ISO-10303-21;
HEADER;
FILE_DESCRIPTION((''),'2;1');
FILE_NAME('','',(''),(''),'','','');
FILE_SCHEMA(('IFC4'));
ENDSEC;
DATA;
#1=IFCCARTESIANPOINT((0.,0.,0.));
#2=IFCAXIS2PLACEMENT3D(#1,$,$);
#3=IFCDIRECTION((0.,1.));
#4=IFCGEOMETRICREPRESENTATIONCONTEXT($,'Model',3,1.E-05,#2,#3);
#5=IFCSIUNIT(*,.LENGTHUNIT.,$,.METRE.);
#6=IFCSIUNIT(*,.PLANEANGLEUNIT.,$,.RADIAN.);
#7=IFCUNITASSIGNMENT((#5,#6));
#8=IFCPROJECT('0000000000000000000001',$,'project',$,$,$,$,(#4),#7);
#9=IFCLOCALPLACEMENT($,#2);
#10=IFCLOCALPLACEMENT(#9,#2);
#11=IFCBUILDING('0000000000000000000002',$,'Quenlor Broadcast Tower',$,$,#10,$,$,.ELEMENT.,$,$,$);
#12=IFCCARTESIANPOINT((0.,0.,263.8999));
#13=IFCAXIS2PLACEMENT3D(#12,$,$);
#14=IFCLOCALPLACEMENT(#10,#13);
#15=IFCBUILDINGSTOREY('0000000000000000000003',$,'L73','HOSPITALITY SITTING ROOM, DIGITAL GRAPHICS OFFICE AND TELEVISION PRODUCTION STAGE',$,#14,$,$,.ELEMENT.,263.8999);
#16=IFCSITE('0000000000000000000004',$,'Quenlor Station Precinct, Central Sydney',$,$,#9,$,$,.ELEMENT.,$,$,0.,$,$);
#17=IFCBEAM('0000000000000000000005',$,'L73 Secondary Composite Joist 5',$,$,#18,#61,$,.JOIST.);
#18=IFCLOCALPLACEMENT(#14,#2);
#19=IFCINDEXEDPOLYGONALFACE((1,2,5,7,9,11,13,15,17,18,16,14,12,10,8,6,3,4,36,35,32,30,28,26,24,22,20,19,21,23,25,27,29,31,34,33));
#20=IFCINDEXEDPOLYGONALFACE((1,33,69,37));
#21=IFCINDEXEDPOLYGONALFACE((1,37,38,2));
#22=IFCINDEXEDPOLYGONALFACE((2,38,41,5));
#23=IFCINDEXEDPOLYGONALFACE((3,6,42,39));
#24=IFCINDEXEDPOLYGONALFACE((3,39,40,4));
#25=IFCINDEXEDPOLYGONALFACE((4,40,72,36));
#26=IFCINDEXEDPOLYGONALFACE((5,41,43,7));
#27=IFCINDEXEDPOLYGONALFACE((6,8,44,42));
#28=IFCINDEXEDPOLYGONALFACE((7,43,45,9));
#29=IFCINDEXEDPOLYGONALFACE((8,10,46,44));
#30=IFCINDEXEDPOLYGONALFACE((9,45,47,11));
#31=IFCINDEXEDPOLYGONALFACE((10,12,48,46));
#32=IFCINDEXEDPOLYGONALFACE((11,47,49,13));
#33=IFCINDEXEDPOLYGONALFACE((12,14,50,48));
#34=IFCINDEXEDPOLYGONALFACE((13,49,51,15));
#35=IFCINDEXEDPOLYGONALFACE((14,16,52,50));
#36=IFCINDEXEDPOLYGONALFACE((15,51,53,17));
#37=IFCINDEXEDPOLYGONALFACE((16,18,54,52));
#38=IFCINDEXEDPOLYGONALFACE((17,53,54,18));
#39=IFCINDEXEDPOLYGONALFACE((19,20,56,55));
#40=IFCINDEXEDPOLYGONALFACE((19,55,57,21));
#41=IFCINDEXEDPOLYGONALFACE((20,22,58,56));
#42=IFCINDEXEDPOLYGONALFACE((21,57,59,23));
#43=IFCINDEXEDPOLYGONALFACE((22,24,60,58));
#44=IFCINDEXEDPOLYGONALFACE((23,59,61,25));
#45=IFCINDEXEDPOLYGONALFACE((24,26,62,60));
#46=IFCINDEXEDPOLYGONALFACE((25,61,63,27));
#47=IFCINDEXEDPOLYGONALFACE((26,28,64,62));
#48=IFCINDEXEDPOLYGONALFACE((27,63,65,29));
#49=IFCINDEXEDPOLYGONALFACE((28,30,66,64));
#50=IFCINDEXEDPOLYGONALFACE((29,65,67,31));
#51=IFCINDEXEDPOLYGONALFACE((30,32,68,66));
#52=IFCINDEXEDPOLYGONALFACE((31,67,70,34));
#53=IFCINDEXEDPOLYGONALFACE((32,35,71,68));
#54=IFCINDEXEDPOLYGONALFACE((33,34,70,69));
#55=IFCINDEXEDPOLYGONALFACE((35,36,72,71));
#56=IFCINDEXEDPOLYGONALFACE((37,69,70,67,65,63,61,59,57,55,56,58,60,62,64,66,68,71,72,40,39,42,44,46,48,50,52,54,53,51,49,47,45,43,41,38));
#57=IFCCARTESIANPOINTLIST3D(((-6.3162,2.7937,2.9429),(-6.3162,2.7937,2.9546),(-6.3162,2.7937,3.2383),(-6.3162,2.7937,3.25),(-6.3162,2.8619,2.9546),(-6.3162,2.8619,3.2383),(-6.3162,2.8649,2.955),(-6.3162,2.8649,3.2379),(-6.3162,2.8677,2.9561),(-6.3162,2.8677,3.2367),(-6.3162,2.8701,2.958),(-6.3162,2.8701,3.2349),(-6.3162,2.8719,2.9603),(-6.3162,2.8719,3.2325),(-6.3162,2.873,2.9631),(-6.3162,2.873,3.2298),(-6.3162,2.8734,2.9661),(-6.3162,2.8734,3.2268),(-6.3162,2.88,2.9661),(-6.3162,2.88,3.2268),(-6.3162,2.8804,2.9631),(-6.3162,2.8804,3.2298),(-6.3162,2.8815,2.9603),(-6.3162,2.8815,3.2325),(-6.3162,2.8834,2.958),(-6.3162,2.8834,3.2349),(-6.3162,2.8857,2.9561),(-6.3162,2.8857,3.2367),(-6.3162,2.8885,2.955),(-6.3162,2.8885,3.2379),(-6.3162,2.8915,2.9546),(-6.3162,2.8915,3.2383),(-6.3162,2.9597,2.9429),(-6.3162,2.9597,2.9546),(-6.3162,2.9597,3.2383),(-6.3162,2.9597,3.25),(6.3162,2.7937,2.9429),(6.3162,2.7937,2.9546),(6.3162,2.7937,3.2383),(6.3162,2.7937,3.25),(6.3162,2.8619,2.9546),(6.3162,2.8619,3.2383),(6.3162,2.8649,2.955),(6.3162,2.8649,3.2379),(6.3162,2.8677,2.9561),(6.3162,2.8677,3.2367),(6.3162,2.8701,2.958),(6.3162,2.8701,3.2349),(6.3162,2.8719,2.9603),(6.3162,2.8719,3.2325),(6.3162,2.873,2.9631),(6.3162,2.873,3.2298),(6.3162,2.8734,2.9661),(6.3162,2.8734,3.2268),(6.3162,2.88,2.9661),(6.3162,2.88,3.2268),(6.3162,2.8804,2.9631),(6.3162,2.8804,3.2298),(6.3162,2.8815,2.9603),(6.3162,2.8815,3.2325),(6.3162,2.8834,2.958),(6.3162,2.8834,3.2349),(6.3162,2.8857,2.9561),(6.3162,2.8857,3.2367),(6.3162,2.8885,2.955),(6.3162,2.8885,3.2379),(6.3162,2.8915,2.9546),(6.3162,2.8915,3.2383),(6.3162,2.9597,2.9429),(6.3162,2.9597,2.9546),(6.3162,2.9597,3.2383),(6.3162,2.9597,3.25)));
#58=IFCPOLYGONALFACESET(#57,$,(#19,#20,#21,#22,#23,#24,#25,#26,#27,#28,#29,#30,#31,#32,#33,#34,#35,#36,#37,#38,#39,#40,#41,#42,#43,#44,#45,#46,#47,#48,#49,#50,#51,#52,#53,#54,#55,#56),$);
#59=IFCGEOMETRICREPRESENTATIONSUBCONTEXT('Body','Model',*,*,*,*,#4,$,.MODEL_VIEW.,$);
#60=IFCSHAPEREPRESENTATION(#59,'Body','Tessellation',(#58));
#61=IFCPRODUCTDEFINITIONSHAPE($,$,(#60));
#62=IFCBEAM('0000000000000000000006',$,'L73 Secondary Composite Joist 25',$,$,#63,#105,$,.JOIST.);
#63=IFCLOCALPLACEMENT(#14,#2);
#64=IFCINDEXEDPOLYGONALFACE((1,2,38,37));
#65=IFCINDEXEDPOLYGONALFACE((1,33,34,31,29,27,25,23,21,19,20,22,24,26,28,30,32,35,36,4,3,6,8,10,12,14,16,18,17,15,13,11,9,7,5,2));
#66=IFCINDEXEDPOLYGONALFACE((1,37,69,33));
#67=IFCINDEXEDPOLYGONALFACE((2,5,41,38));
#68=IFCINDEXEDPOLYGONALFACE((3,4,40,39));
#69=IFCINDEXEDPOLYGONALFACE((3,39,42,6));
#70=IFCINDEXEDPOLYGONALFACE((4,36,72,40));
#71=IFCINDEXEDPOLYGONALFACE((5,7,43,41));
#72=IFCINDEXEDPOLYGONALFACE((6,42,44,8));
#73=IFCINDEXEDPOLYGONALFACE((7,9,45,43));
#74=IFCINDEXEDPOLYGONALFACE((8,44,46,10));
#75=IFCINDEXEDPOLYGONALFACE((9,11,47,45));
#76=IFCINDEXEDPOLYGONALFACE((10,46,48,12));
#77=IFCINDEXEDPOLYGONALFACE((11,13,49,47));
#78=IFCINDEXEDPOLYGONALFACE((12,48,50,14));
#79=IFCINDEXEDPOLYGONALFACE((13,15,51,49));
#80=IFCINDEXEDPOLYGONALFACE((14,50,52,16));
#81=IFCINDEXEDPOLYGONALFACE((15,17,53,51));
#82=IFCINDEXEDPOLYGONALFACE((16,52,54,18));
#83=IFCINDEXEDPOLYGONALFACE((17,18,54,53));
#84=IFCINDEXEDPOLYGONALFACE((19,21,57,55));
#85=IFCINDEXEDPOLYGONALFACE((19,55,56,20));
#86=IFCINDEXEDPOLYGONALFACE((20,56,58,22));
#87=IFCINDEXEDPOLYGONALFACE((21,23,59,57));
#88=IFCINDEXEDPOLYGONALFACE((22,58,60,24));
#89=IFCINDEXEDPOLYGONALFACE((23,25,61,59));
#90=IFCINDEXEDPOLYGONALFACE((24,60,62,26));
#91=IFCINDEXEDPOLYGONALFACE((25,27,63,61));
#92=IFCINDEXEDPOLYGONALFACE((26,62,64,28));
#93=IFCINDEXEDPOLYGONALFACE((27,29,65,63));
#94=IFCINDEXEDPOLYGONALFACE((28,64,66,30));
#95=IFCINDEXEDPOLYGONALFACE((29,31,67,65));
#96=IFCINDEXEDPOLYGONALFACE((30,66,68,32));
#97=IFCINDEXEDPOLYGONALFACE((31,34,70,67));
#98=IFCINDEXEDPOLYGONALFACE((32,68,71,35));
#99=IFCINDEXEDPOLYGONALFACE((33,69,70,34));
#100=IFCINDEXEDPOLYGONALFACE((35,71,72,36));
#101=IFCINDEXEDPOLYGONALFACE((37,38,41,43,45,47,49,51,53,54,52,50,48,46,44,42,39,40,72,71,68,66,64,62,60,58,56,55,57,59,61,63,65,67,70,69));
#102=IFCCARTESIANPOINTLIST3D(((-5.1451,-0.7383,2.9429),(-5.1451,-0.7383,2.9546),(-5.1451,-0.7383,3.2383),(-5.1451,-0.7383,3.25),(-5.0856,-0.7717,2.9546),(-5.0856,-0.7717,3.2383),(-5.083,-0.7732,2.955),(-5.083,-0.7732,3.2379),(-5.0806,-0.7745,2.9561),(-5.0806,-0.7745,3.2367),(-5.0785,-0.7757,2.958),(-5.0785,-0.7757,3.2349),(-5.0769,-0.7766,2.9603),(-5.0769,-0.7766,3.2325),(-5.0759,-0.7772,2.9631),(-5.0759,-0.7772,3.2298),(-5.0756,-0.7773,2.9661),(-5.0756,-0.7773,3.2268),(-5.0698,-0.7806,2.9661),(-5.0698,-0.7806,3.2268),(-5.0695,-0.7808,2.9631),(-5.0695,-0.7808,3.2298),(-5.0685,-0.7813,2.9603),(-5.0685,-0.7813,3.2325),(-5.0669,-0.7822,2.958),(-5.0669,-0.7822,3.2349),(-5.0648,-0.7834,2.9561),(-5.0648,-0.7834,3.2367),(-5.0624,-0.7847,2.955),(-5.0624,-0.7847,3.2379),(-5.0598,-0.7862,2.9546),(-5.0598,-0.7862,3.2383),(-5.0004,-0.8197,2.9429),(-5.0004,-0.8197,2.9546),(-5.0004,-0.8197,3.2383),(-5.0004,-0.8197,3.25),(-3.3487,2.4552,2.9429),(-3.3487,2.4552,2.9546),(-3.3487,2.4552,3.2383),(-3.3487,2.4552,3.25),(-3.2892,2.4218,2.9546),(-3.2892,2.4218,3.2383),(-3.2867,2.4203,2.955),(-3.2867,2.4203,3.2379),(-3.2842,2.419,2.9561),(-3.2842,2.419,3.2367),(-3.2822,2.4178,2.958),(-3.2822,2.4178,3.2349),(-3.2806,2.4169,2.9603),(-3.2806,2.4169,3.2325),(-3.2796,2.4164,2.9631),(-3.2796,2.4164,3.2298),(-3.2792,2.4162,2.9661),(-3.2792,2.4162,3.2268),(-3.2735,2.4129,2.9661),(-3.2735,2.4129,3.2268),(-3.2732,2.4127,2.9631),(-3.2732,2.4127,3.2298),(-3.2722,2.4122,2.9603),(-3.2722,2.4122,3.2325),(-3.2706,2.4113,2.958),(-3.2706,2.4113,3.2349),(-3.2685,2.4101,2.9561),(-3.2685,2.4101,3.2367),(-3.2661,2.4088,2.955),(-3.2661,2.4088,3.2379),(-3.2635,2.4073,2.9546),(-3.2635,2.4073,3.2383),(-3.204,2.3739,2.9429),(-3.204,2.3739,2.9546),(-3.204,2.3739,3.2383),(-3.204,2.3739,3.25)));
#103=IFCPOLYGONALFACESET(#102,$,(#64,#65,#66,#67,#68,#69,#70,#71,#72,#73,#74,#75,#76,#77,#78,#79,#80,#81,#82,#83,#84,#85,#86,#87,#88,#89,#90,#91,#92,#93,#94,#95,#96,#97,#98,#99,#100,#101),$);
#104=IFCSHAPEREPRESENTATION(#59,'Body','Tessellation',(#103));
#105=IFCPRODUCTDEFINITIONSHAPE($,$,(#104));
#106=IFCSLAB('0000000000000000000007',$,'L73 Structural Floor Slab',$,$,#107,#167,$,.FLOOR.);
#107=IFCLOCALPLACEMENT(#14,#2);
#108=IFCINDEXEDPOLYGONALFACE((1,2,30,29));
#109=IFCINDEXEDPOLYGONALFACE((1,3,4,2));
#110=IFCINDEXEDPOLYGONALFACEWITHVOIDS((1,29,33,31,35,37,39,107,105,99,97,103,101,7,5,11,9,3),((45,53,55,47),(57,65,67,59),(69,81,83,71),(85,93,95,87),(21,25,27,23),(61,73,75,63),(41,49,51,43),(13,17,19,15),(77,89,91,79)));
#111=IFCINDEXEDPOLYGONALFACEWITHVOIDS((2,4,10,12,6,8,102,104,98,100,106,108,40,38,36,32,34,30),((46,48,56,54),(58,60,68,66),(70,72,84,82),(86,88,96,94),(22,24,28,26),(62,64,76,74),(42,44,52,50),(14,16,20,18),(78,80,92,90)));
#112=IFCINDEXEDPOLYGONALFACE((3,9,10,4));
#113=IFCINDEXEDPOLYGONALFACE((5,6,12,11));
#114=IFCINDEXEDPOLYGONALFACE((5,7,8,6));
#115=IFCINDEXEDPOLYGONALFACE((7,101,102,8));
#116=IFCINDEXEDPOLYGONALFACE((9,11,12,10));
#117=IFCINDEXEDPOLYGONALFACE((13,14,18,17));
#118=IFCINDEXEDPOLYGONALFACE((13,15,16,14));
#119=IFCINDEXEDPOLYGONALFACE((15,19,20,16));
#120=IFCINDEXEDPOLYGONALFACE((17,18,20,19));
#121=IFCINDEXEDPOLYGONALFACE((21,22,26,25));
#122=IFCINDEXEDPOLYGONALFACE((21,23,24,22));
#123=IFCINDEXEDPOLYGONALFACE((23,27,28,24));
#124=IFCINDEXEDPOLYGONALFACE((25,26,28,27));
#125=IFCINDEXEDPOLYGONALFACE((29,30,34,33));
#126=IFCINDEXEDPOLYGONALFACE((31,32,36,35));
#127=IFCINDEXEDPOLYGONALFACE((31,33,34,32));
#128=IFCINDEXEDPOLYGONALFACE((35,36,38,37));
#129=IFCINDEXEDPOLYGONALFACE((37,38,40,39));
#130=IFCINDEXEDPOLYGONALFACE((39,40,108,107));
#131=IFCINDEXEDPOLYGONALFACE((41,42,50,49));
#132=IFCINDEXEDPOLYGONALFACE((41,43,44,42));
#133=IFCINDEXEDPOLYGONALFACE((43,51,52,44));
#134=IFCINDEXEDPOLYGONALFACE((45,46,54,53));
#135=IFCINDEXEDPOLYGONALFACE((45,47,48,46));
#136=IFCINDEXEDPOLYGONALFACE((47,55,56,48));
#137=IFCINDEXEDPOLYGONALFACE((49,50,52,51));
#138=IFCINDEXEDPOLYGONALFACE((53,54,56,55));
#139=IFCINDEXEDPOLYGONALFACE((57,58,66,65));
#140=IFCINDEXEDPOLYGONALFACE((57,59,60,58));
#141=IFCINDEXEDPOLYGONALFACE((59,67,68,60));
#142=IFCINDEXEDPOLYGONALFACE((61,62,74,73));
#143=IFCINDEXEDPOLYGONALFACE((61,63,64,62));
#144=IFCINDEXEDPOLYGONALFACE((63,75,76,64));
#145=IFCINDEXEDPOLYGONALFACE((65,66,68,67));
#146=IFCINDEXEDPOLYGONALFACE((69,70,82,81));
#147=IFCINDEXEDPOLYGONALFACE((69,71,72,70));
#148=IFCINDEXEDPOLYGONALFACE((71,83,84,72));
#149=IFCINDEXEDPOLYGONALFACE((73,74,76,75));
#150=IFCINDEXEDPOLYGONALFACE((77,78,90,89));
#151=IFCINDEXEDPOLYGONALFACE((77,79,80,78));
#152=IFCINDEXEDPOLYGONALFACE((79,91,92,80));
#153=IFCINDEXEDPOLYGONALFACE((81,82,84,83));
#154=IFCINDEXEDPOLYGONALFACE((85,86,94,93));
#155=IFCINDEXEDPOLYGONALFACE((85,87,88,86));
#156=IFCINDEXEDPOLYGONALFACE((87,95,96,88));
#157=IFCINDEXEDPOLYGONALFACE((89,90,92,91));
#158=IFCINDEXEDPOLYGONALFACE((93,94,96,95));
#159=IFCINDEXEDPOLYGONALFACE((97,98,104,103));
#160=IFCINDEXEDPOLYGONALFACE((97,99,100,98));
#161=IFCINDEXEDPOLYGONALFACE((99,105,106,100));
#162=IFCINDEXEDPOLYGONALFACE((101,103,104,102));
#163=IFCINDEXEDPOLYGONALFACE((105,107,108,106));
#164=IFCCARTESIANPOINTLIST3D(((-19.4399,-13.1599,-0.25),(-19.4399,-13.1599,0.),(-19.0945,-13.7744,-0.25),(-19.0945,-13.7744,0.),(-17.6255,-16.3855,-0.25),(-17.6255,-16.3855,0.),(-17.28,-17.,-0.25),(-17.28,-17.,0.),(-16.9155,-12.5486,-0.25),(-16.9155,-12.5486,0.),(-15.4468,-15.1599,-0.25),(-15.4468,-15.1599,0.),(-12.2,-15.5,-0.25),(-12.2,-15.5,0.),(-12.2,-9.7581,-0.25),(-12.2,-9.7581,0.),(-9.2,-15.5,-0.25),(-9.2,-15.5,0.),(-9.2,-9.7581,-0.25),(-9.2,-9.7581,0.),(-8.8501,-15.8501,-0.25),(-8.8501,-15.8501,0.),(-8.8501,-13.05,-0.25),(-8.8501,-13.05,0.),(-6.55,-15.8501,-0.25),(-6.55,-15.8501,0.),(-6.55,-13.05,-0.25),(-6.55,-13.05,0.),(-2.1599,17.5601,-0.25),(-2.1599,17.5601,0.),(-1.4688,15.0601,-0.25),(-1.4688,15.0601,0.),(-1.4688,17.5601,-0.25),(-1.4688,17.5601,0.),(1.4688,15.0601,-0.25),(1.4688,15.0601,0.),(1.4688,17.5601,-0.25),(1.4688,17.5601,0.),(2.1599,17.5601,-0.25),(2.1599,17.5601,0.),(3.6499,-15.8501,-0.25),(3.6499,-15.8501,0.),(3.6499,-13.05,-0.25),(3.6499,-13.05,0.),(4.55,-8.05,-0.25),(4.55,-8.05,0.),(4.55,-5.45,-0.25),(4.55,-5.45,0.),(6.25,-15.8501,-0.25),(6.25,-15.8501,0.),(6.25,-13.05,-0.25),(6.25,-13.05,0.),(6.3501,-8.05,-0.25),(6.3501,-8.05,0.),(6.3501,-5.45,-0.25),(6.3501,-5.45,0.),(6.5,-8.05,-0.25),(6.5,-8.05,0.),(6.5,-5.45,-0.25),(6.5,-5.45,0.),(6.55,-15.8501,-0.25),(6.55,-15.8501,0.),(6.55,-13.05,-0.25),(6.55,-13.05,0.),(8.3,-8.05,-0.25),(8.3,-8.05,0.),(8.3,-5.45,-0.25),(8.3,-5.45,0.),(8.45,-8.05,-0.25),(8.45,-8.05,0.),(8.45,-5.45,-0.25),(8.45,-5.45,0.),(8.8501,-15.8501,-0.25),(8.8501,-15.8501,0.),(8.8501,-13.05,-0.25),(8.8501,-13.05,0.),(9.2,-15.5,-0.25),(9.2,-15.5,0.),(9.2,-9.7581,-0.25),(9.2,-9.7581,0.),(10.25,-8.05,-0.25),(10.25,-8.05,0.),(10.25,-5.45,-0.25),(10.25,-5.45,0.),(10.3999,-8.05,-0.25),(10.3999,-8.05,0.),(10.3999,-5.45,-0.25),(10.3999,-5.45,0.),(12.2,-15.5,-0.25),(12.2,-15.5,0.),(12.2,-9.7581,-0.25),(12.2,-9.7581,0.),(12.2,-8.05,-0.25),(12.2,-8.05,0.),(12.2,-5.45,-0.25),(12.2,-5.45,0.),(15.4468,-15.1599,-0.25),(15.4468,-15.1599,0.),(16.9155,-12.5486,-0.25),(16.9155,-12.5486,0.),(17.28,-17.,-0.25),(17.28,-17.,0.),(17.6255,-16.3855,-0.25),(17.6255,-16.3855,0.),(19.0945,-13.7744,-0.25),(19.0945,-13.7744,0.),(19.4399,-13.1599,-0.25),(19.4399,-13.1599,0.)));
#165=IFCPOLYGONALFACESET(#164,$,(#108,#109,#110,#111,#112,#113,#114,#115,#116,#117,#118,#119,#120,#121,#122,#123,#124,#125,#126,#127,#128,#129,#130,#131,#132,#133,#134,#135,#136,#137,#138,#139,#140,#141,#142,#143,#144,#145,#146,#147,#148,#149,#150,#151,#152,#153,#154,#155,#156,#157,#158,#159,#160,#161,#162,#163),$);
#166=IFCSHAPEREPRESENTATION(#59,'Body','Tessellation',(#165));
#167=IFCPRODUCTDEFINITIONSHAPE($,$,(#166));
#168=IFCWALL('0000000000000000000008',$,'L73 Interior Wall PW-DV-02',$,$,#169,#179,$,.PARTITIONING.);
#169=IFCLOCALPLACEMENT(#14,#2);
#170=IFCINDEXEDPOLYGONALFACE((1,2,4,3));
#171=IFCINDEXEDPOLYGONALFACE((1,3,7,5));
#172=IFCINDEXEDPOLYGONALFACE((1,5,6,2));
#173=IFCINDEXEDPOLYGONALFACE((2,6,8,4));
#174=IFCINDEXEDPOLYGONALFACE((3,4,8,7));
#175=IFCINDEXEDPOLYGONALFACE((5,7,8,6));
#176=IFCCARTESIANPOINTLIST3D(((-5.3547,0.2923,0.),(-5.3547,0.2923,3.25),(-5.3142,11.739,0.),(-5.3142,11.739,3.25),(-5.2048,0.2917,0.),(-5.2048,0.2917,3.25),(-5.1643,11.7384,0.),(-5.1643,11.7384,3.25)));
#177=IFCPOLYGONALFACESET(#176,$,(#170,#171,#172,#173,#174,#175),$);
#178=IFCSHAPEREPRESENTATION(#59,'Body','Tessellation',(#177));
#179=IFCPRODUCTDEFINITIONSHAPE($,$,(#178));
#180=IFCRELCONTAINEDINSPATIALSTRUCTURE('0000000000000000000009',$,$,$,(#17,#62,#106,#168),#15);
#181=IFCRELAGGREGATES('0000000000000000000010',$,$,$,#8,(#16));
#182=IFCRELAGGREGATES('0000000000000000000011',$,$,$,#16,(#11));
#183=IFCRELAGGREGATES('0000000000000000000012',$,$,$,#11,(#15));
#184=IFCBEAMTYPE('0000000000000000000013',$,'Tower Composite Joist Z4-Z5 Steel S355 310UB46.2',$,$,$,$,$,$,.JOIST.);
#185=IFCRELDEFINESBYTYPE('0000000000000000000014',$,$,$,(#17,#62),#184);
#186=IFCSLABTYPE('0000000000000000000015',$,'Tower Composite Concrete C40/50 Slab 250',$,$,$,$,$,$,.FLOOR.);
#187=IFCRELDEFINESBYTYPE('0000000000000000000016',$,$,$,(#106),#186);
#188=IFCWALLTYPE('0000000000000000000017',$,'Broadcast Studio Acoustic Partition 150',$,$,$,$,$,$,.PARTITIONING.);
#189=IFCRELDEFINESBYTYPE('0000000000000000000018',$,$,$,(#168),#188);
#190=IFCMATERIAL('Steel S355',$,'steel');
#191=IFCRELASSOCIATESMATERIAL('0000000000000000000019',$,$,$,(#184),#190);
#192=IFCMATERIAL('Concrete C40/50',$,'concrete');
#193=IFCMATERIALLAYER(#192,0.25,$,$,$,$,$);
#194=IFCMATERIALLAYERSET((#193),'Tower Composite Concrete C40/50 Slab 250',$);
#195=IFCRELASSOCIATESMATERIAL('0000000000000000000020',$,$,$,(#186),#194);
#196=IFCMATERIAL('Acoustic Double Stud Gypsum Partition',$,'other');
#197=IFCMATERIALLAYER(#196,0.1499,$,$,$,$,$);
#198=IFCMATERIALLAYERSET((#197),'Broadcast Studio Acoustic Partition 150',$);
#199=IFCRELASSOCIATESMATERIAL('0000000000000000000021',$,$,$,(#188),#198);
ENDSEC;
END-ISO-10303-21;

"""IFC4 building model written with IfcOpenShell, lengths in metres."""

from ifc_helpers import new_model, si_unit, direction, frame, frame_2d, origin, origin_2d, place, context, subcontext, project, spatial, polyline, rectangle, i_section, outline, extrude, material, layer, layer_set, material_profile, profile_set, type_object, element, save


model = new_model("IFC4")

# Units and contexts
model_context = context("Model", 3, precision=1e-05, world=origin(), true_north=direction((0.0, 1.0)))
body_context = subcontext(model_context, "Body", "Model", "MODEL_VIEW")
ifc_project = project(units=[si_unit("LENGTHUNIT", "METRE"), si_unit("PLANEANGLEUNIT", "RADIAN")], contexts=[model_context])

# Site, building, storey
site_placement = place(None, origin())
site = spatial("IfcSite", under=ifc_project, at=site_placement, Name="Quenlor Station Precinct, Central Sydney", CompositionType="ELEMENT", RefElevation=0.0)
building_placement = place(site_placement, origin())
building = spatial("IfcBuilding", under=site, at=building_placement, Name="Quenlor Broadcast Tower", CompositionType="ELEMENT")
storey_placement = place(building_placement, frame((0.0, 0.0, 263.8999)))
storey = spatial("IfcBuildingStorey", under=building, at=storey_placement, Name="L73", Description="HOSPITALITY SITTING ROOM, DIGITAL GRAPHICS OFFICE AND TELEVISION PRODUCTION STAGE", CompositionType="ELEMENT", Elevation=263.8999)

# Beams
ifc_material_1 = material(Name="Steel S355", Category="steel")
ifc_material_profile_1 = material_profile(ifc_material_1, i_section(OverallWidth=0.166, OverallDepth=0.3071, WebThickness=0.0066, FlangeThickness=0.0117, FilletRadius=0.0115, at=origin_2d()))
ifc_profile_set_1 = profile_set([ifc_material_profile_1], Name="Steel S355 310UB46.2")
beam_type = type_object("IfcBeamType", Name="Tower Composite Joist Z4-Z5 Steel S355 310UB46.2", PredefinedType="JOIST", material=ifc_profile_set_1)
beam_1_placement = place(storey_placement, frame((-6.3162, 2.8767, 3.0964), z_axis=(1.0, 0.0, 0.0), x_axis=(0.0, 1.0, 0.0)))
element("IfcBeam", 1, at=beam_1_placement, inside=storey, type_object=beam_type, Name="L73 Secondary Composite Joist 5", PredefinedType="JOIST", context=body_context, shape_type="SweptSolid", body=[
    extrude(i_section(OverallWidth=0.166, OverallDepth=0.3071, WebThickness=0.0066, FlangeThickness=0.0117, FilletRadius=0.0115, at=origin_2d()), origin(), (0.0, 0.0, 1.0), 12.6323),
])
beam_2_placement = place(storey_placement, frame((-3.2764, 2.4146, 3.0964), z_axis=(-0.490258, -0.871577, 0.0), x_axis=(0.871577, -0.490258, 0.0)))
element("IfcBeam", 2, at=beam_2_placement, inside=storey, type_object=beam_type, Name="L73 Secondary Composite Joist 25", PredefinedType="JOIST", context=body_context, shape_type="SweptSolid", body=[
    extrude(i_section(OverallWidth=0.166, OverallDepth=0.3071, WebThickness=0.0066, FlangeThickness=0.0117, FilletRadius=0.0115, at=origin_2d()), origin(), (0.0, 0.0, 1.0), 3.6641),
])

# Slab
ifc_material_2 = material(Name="Concrete C40/50", Category="concrete")
ifc_layer_1 = layer(ifc_material_2, 0.25)
ifc_layer_set_1 = layer_set([ifc_layer_1], Name="Tower Composite Concrete C40/50 Slab 250")
slab_type = type_object("IfcSlabType", Name="Tower Composite Concrete C40/50 Slab 250", PredefinedType="FLOOR", material=ifc_layer_set_1)
slab_placement = place(storey_placement, frame((0.0, 0.0, -0.25)))
element("IfcSlab", 3, at=slab_placement, inside=storey, type_object=slab_type, Name="L73 Structural Floor Slab", PredefinedType="FLOOR", context=body_context, shape_type="SweptSolid", body=[
    extrude(outline(polyline([(17.28, -17.0), (17.6255, -16.3855), (15.4468, -15.1599), (16.9155, -12.5486), (19.0945, -13.7744), (19.4399, -13.1599), (2.1599, 17.5601), (1.4688, 17.5601), (1.4688, 15.0601), (-1.4688, 15.0601), (-1.4688, 17.5601), (-2.1599, 17.5601), (-19.4399, -13.1599), (-19.0945, -13.7744), (-16.9155, -12.5486), (-15.4468, -15.1599), (-17.6255, -16.3855), (-17.28, -17.0), (17.28, -17.0)]), holes=[polyline([(-12.2, -9.7581), (-12.2, -15.5), (-9.2, -15.5), (-9.2, -9.7581), (-12.2, -9.7581)]), polyline([(9.2, -9.7581), (9.2, -15.5), (12.2, -15.5), (12.2, -9.7581), (9.2, -9.7581)]), polyline([(4.55, -8.05), (6.3501, -8.05), (6.3501, -5.45), (4.55, -5.45), (4.55, -8.05)]), polyline([(6.5, -8.05), (8.3, -8.05), (8.3, -5.45), (6.5, -5.45), (6.5, -8.05)]), polyline([(8.45, -8.05), (10.25, -8.05), (10.25, -5.45), (8.45, -5.45), (8.45, -8.05)]), polyline([(10.3999, -8.05), (12.2, -8.05), (12.2, -5.45), (10.3999, -5.45), (10.3999, -8.05)]), polyline([(-8.8501, -15.8501), (-6.55, -15.8501), (-6.55, -13.05), (-8.8501, -13.05), (-8.8501, -15.8501)]), polyline([(6.55, -15.8501), (8.8501, -15.8501), (8.8501, -13.05), (6.55, -13.05), (6.55, -15.8501)]), polyline([(3.6499, -15.8501), (6.25, -15.8501), (6.25, -13.05), (3.6499, -13.05), (3.6499, -15.8501)])]), origin(), (0.0, 0.0, 1.0), 0.25),
])

# Wall
ifc_material_3 = material(Name="Acoustic Double Stud Gypsum Partition", Category="other")
ifc_layer_2 = layer(ifc_material_3, 0.1499)
ifc_layer_set_2 = layer_set([ifc_layer_2], Name="Broadcast Studio Acoustic Partition 150")
wall_type_1 = type_object("IfcWallType", Name="Broadcast Studio Acoustic Partition 150", PredefinedType="PARTITIONING", material=ifc_layer_set_2)
wall_1_placement = place(storey_placement, frame((-5.2798, 0.292, 0.0), z_axis=(0.0, 0.0, 1.0), x_axis=(0.00354, 0.999994, 0.0)))
element("IfcWall", 4, at=wall_1_placement, inside=storey, type_object=wall_type_1, Name="L73 Interior Wall PW-DV-02", PredefinedType="PARTITIONING", context=body_context, shape_type="SweptSolid", body=[
    extrude(rectangle(XDim=11.4468, YDim=0.1499, at=frame_2d((5.7234, 0.0))), origin(), (0.0, 0.0, 1.0), 3.25),
])

save(model, "model.ifc")
